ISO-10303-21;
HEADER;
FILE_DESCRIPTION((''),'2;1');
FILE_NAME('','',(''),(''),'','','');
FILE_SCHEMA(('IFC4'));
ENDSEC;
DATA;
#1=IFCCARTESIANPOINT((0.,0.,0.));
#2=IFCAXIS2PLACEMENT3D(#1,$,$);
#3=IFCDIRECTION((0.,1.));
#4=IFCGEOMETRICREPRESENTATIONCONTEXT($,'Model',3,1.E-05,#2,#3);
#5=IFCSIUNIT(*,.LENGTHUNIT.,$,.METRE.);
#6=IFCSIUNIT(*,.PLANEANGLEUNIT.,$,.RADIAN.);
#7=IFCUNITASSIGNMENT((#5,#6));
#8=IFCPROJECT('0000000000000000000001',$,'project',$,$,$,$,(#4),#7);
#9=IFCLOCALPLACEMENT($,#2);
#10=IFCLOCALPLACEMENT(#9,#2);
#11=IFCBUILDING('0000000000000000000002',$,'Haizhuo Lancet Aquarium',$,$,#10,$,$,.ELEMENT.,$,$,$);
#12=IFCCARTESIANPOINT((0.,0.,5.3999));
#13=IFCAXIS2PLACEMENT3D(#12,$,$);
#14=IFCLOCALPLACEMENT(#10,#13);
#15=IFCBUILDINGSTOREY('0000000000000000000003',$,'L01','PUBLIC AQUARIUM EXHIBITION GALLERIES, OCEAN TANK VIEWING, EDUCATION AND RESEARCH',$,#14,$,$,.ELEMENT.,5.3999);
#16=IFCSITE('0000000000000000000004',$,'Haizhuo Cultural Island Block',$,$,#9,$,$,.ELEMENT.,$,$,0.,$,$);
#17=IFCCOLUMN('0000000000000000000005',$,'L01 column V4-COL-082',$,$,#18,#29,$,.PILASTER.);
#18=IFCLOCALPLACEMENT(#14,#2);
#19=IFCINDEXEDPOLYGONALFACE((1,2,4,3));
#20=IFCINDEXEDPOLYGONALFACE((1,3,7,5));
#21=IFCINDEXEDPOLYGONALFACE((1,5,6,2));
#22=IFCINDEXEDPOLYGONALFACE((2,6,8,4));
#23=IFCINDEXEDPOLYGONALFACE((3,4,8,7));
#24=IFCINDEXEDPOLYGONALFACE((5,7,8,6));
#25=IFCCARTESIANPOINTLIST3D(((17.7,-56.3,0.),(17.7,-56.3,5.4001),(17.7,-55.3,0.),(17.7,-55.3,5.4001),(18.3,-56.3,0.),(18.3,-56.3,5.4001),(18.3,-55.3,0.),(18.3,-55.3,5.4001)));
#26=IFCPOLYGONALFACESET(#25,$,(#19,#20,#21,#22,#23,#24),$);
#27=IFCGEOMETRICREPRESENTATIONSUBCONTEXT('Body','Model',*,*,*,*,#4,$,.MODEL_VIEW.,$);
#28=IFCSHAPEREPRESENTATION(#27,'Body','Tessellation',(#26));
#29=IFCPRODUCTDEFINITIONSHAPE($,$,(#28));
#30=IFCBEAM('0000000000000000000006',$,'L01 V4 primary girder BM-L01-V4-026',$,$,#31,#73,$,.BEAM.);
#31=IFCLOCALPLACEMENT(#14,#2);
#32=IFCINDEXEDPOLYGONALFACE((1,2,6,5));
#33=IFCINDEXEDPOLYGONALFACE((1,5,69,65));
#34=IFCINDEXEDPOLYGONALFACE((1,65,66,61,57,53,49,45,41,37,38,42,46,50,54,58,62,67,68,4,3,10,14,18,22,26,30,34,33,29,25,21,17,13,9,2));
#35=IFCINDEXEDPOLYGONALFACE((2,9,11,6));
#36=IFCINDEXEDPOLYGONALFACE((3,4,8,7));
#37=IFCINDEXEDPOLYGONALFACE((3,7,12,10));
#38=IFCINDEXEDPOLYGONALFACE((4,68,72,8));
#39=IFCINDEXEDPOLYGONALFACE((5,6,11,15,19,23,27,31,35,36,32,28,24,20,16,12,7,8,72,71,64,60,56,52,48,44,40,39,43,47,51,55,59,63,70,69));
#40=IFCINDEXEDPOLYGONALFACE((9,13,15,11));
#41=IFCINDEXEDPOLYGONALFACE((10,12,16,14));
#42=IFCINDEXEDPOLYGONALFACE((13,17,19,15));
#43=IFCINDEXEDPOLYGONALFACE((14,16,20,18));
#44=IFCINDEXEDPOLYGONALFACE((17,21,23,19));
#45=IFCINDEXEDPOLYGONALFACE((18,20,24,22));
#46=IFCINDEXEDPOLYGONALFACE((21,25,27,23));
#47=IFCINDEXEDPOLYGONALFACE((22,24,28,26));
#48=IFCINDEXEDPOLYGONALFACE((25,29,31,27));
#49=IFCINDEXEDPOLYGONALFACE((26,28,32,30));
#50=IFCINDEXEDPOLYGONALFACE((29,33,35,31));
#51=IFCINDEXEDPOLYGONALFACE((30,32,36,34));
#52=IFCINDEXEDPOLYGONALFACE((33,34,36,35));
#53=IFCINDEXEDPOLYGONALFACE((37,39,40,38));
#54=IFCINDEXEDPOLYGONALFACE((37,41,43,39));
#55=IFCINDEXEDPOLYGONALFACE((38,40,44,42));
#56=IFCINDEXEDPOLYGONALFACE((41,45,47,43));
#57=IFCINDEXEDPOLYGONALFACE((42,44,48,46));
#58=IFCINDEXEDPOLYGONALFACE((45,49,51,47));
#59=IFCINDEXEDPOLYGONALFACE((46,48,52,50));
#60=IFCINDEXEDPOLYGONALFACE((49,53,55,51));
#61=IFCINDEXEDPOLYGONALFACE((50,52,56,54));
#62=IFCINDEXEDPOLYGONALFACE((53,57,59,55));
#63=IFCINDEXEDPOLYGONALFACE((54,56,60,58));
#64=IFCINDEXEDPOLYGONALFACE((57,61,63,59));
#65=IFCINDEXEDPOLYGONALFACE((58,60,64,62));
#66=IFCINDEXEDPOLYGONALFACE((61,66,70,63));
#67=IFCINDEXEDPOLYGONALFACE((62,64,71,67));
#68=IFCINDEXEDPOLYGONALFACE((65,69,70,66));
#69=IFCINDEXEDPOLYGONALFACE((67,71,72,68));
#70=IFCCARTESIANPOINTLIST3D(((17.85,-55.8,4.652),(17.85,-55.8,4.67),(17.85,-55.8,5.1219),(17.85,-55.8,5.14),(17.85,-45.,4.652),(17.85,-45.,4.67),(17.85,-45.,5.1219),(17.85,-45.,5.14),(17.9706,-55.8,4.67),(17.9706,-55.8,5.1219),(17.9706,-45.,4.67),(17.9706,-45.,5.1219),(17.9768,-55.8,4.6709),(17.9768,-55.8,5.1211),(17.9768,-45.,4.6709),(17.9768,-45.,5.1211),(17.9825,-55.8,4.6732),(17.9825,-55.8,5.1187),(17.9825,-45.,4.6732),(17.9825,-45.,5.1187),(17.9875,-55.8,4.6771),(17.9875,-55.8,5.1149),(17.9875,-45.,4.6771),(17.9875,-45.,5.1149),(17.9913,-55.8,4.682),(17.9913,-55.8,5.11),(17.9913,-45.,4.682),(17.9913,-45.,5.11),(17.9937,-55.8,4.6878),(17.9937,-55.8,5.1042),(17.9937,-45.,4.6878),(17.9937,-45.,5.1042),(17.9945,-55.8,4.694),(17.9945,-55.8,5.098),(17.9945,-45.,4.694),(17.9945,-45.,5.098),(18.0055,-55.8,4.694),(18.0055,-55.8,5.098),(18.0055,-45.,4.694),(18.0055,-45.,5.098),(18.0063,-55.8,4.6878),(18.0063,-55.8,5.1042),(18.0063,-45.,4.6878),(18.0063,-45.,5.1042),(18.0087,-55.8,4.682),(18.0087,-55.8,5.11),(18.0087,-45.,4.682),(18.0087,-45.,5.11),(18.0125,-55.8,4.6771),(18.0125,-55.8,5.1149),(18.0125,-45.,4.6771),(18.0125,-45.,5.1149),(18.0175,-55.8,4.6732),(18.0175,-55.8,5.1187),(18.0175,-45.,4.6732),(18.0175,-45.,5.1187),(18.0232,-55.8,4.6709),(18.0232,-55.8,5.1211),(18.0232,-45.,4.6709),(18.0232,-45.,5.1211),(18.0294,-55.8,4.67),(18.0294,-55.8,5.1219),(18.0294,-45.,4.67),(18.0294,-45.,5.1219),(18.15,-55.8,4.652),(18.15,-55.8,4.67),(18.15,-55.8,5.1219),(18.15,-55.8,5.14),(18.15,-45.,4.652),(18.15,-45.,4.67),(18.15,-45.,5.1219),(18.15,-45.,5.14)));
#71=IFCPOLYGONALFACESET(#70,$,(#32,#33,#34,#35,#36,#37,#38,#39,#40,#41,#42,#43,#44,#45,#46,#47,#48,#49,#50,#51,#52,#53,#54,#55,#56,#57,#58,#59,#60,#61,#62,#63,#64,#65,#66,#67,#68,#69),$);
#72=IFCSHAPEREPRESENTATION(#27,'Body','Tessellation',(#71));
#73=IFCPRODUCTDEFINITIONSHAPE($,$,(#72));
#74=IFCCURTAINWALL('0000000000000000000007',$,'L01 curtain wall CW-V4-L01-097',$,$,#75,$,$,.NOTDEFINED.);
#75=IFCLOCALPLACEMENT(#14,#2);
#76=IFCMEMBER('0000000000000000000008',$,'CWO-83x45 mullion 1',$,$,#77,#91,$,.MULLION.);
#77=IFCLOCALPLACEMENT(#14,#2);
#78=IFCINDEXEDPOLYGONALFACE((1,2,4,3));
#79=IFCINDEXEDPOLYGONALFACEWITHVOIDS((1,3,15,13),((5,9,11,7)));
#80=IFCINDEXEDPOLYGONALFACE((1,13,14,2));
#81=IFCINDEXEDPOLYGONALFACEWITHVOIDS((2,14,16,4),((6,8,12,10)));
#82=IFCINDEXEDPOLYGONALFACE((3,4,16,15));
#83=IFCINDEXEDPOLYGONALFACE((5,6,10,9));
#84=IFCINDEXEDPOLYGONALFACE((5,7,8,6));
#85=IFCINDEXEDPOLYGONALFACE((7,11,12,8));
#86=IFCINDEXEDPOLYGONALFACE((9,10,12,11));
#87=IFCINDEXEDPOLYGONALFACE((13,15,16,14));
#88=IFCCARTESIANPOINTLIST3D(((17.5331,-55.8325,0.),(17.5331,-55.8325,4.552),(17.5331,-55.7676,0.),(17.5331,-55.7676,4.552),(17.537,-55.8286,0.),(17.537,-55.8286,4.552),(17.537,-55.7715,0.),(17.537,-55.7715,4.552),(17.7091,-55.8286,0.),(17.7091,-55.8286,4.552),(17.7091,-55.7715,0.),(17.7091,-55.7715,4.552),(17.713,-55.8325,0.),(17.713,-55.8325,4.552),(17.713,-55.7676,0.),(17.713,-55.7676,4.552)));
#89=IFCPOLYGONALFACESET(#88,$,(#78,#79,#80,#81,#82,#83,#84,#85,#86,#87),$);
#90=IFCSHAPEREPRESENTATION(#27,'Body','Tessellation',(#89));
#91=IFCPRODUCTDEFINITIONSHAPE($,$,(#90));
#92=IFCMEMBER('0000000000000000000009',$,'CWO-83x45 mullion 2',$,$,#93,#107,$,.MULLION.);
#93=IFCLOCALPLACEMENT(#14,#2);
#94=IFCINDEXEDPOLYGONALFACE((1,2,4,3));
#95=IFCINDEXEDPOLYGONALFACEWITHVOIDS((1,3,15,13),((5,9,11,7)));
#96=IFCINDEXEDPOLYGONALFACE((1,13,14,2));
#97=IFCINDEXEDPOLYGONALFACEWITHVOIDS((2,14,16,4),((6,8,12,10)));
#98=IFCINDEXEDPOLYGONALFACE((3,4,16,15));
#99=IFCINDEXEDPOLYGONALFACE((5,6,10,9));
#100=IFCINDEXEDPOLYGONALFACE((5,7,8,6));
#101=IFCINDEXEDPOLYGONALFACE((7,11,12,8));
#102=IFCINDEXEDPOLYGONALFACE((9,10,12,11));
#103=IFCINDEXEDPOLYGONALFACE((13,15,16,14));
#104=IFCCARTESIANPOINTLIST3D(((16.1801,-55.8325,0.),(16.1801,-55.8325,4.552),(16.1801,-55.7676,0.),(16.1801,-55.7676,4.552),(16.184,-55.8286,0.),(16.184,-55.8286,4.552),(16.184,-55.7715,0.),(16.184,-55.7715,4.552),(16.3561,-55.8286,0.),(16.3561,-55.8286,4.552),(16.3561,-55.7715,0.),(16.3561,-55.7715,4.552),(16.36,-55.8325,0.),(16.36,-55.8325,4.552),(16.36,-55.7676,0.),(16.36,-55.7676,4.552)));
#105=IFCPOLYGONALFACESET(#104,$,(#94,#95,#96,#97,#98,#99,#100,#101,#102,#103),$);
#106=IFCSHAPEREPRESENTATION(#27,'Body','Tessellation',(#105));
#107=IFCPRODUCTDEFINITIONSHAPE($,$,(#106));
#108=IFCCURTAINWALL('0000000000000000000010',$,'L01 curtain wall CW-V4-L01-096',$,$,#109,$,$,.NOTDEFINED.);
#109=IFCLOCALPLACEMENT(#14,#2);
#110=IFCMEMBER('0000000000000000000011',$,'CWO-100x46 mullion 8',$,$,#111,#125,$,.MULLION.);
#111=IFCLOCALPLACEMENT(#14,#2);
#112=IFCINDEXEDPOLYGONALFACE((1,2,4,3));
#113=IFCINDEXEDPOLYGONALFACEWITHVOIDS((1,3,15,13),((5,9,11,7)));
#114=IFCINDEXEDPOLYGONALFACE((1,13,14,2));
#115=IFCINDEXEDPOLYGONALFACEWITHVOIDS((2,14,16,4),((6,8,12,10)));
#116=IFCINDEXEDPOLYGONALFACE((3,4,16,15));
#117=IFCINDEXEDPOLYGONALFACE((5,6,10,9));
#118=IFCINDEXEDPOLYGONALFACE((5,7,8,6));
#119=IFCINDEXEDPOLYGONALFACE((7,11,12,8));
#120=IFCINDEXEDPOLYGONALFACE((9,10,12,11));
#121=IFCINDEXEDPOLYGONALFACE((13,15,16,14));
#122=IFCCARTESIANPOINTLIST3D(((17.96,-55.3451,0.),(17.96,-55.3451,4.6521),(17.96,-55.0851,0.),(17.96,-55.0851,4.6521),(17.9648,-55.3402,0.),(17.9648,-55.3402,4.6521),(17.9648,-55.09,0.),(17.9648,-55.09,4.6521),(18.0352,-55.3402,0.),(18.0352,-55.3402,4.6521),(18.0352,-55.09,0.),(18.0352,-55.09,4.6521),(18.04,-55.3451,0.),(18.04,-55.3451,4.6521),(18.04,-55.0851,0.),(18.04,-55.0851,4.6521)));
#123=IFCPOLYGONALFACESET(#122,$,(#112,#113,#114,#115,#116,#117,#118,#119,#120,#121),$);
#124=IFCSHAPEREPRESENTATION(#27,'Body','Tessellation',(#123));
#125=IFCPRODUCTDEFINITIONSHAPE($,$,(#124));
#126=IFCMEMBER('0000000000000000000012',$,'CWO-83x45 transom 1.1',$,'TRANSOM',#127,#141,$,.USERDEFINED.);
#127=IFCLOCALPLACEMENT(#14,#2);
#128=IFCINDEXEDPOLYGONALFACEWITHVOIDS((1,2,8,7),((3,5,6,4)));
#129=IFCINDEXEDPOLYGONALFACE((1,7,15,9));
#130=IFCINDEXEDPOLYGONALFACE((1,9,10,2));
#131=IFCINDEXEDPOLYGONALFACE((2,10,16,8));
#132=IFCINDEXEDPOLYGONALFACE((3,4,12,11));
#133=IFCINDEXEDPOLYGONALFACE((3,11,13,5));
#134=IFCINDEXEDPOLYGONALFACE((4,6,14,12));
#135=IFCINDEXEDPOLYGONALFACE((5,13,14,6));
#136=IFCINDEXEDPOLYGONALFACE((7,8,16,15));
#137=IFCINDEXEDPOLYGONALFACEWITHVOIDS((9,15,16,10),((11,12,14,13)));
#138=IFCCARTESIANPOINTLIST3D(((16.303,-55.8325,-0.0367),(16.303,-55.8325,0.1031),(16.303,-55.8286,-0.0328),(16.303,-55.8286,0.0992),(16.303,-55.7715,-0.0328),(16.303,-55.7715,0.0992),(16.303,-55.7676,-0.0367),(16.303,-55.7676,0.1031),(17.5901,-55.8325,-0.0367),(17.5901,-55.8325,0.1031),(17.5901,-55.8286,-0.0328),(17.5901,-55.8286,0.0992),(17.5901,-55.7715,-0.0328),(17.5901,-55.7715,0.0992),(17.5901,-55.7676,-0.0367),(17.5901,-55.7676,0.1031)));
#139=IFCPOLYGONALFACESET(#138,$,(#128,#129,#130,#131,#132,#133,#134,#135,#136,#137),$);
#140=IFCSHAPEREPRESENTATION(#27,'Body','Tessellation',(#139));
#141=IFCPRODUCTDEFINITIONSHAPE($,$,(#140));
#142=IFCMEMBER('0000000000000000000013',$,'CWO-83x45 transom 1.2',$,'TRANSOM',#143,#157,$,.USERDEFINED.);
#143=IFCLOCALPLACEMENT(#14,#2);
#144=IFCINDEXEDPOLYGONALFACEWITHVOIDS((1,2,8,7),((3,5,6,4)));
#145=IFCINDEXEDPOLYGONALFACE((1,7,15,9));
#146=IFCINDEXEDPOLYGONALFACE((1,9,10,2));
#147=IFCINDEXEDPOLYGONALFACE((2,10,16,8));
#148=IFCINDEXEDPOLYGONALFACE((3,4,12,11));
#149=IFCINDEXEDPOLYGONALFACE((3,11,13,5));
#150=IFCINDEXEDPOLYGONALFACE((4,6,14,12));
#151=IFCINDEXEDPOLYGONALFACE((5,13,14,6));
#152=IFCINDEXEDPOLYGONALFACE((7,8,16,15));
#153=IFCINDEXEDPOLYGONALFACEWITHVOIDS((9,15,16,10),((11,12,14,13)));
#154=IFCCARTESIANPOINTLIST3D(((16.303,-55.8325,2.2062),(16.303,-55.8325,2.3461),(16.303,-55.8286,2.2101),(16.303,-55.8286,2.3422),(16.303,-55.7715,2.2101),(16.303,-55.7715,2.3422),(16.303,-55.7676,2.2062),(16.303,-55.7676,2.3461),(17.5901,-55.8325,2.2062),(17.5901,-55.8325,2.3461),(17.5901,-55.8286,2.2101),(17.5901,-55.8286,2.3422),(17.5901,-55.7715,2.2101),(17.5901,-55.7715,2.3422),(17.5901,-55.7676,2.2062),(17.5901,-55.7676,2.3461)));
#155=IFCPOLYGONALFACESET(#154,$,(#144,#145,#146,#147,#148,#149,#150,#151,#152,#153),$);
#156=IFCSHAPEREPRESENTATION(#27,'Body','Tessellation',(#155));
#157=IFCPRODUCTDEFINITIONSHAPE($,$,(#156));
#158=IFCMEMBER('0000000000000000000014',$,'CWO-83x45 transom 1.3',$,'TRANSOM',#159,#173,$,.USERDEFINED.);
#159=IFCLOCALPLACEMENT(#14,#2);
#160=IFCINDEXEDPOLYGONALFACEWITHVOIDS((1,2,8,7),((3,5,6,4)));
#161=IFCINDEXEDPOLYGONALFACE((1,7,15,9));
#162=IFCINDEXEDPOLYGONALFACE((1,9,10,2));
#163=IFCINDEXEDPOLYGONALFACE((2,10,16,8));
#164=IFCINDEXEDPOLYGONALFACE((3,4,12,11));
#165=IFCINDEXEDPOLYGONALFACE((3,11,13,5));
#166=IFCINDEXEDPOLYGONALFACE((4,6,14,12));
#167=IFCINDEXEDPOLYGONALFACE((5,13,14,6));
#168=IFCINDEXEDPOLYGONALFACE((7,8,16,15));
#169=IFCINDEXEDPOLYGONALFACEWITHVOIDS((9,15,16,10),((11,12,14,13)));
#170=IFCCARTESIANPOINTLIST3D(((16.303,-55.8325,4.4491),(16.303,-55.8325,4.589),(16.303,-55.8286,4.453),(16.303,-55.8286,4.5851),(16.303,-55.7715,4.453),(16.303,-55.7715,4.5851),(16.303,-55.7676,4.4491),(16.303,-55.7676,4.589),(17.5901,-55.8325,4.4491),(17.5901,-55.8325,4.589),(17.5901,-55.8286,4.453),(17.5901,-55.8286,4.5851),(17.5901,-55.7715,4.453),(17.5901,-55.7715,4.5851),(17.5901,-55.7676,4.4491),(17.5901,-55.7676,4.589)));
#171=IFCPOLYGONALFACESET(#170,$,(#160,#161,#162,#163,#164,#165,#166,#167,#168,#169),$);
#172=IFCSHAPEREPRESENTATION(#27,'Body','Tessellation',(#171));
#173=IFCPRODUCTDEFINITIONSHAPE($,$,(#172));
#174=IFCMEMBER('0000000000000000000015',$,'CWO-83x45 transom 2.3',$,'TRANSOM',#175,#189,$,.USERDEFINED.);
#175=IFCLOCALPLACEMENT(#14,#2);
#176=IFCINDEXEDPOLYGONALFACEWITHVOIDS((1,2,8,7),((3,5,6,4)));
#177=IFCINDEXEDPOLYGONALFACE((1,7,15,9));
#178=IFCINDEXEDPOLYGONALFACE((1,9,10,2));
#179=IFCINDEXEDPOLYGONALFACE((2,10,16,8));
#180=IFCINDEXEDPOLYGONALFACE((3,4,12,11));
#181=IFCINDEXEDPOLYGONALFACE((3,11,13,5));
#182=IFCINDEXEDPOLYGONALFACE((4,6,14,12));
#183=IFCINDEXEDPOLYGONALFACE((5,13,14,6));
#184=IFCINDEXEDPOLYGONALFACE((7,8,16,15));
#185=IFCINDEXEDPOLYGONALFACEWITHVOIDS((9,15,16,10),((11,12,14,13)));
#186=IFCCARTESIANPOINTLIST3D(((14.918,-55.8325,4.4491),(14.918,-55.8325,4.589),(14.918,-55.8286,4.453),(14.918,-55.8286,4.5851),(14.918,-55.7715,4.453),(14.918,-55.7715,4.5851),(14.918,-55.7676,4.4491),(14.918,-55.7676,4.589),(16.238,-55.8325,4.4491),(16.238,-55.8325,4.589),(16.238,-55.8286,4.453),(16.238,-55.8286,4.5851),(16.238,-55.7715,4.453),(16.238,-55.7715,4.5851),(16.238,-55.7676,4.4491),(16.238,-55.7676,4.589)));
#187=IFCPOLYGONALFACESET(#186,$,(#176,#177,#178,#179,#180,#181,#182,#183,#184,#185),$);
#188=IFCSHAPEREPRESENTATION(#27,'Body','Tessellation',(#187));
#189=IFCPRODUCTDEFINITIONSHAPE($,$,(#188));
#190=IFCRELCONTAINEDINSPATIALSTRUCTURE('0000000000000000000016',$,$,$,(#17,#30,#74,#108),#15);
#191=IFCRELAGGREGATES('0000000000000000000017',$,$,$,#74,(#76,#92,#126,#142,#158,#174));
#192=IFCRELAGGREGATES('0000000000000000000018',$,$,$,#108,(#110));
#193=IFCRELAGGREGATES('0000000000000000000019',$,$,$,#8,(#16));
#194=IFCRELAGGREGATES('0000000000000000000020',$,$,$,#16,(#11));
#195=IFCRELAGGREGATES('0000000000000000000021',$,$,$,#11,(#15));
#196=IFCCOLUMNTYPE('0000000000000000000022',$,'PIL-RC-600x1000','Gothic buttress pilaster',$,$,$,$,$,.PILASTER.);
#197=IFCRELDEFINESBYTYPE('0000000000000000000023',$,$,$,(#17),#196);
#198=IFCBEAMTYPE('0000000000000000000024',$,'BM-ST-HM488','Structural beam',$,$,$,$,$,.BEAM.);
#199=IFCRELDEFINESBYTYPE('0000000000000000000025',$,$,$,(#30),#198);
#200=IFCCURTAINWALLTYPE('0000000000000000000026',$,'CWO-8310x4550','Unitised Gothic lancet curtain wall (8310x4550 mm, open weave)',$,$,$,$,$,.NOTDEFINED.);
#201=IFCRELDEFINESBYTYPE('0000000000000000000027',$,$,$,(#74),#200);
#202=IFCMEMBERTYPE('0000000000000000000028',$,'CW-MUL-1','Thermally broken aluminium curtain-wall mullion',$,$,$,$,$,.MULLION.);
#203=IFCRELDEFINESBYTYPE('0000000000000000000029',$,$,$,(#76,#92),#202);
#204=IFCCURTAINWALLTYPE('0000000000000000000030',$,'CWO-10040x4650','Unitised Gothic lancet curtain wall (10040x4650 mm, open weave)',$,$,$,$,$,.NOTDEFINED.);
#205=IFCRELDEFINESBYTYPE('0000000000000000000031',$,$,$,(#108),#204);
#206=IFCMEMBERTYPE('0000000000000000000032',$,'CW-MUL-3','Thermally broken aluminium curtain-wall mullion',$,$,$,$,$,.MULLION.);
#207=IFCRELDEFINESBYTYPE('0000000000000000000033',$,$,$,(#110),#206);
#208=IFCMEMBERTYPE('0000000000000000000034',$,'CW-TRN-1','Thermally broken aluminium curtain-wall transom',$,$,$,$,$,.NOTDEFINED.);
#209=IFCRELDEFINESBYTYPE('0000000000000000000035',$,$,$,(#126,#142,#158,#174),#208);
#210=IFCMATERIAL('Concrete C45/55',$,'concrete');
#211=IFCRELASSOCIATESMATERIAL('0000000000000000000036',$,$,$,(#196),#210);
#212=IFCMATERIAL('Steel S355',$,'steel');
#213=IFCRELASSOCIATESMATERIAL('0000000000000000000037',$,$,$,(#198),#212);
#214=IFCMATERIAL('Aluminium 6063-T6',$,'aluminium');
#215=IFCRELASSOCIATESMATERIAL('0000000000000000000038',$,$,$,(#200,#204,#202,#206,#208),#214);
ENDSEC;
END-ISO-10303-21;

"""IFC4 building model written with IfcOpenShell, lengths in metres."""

from ifc_helpers import new_model, si_unit, direction, frame, origin, origin_2d, place, context, subcontext, project, spatial, rectangle, hollow_rectangle, i_section, extrude, material, material_profile, profile_set, type_object, element, aggregate, save


model = new_model("IFC4")

# Units and contexts
model_context = context("Model", 3, precision=1e-05, world=origin(), true_north=direction((0.0, 1.0)))
body_context = subcontext(model_context, "Body", "Model", "MODEL_VIEW")
ifc_project = project(units=[si_unit("LENGTHUNIT", "METRE"), si_unit("PLANEANGLEUNIT", "RADIAN")], contexts=[model_context])

# Site, building, storey
site_placement = place(None, origin())
site = spatial("IfcSite", under=ifc_project, at=site_placement, Name="Haizhuo Cultural Island Block", CompositionType="ELEMENT", RefElevation=0.0)
building_placement = place(site_placement, origin())
building = spatial("IfcBuilding", under=site, at=building_placement, Name="Haizhuo Lancet Aquarium", CompositionType="ELEMENT")
storey_placement = place(building_placement, frame((0.0, 0.0, 5.3999)))
storey = spatial("IfcBuildingStorey", under=building, at=storey_placement, Name="L01", Description="PUBLIC AQUARIUM EXHIBITION GALLERIES, OCEAN TANK VIEWING, EDUCATION AND RESEARCH", CompositionType="ELEMENT", Elevation=5.3999)

# Column
ifc_material_1 = material(Name="Concrete C45/55", Category="concrete")
ifc_material_profile_1 = material_profile(ifc_material_1, rectangle(XDim=0.6001, YDim=1.0, at=origin_2d()), Name="RC-PIL 600x1000")
ifc_profile_set_1 = profile_set([ifc_material_profile_1], Name="Concrete C45/55")
column_type = type_object("IfcColumnType", Name="PIL-RC-600x1000", Description="Gothic buttress pilaster", PredefinedType="PILASTER", material=ifc_profile_set_1)
column_placement = place(storey_placement, frame((18.0, -55.8, 0.0), z_axis=(0.0, 0.0, 1.0), x_axis=(1.0, 0.0, 0.0)))
element("IfcColumn", 1, at=column_placement, inside=storey, type_object=column_type, Name="L01 column V4-COL-082", PredefinedType="PILASTER", context=body_context, shape_type="SweptSolid", body=[
    extrude(rectangle(XDim=0.6001, YDim=1.0, at=origin_2d()), origin(), (0.0, 0.0, 1.0), 5.4001),
])

# Beam
ifc_material_2 = material(Name="Steel S355", Category="steel")
ifc_material_profile_2 = material_profile(ifc_material_2, i_section(OverallWidth=0.3, OverallDepth=0.488, WebThickness=0.011, FlangeThickness=0.0181, FilletRadius=0.0239, at=origin_2d()), Name="HM 488x300x11x18")
ifc_profile_set_2 = profile_set([ifc_material_profile_2], Name="Steel S355")
beam_type = type_object("IfcBeamType", Name="BM-ST-HM488", Description="Structural beam", PredefinedType="BEAM", material=ifc_profile_set_2)
beam_placement = place(storey_placement, frame((18.0, -55.8, 4.896), z_axis=(0.0, 1.0, 0.0), x_axis=(-1.0, 0.0, 0.0)))
element("IfcBeam", 2, at=beam_placement, inside=storey, type_object=beam_type, Name="L01 V4 primary girder BM-L01-V4-026", PredefinedType="BEAM", context=body_context, shape_type="SweptSolid", body=[
    extrude(i_section(OverallWidth=0.3, OverallDepth=0.488, WebThickness=0.011, FlangeThickness=0.0181, FilletRadius=0.0239, at=origin_2d()), origin(), (0.0, 0.0, 1.0), 10.8),
])

# Curtain wall, members
ifc_material_3 = material(Name="Aluminium 6063-T6", Category="aluminium")
curtain_wall_type_1 = type_object("IfcCurtainWallType", Name="CWO-8310x4550", Description="Unitised Gothic lancet curtain wall (8310x4550 mm, open weave)", PredefinedType="NOTDEFINED", material=ifc_material_3)
curtain_wall_1_placement = place(storey_placement, origin())
curtain_wall_1 = element("IfcCurtainWall", 3, at=curtain_wall_1_placement, inside=storey, type_object=curtain_wall_type_1, Name="L01 curtain wall CW-V4-L01-097", PredefinedType="NOTDEFINED")
ifc_material_profile_3 = material_profile(ifc_material_3, hollow_rectangle(XDim=0.0649, YDim=0.1799, WallThickness=0.0039, at=origin_2d()), Name="ALU-M 65x180x4")
ifc_profile_set_3 = profile_set([ifc_material_profile_3], Name="Aluminium 6063-T6")
member_type_1 = type_object("IfcMemberType", Name="CW-MUL-1", Description="Thermally broken aluminium curtain-wall mullion", PredefinedType="MULLION", material=ifc_profile_set_3)
member_1_placement = place(storey_placement, frame((17.623, -55.8, 0.0), z_axis=(0.0, 0.0, 1.0), x_axis=(0.0, -1.0, 0.0)))
member_1 = element("IfcMember", 4, at=member_1_placement, type_object=member_type_1, Name="CWO-83x45 mullion 1", PredefinedType="MULLION", context=body_context, shape_type="SweptSolid", body=[
    extrude(hollow_rectangle(XDim=0.0649, YDim=0.1799, WallThickness=0.0039, at=origin_2d()), origin(), (0.0, 0.0, 1.0), 4.552),
])
member_2_placement = place(storey_placement, frame((16.27, -55.8, 0.0), z_axis=(0.0, 0.0, 1.0), x_axis=(0.0, -1.0, 0.0)))
member_2 = element("IfcMember", 5, at=member_2_placement, type_object=member_type_1, Name="CWO-83x45 mullion 2", PredefinedType="MULLION", context=body_context, shape_type="SweptSolid", body=[
    extrude(hollow_rectangle(XDim=0.0649, YDim=0.1799, WallThickness=0.0039, at=origin_2d()), origin(), (0.0, 0.0, 1.0), 4.552),
])

# Curtain wall, member
curtain_wall_type_2 = type_object("IfcCurtainWallType", Name="CWO-10040x4650", Description="Unitised Gothic lancet curtain wall (10040x4650 mm, open weave)", PredefinedType="NOTDEFINED", material=ifc_material_3)
curtain_wall_2_placement = place(storey_placement, origin())
curtain_wall_2 = element("IfcCurtainWall", 6, at=curtain_wall_2_placement, inside=storey, type_object=curtain_wall_type_2, Name="L01 curtain wall CW-V4-L01-096", PredefinedType="NOTDEFINED")
ifc_material_profile_4 = material_profile(ifc_material_3, hollow_rectangle(XDim=0.0801, YDim=0.26, WallThickness=0.0049, at=origin_2d()), Name="ALU-M 80x260x5")
ifc_profile_set_4 = profile_set([ifc_material_profile_4], Name="Aluminium 6063-T6")
member_type_2 = type_object("IfcMemberType", Name="CW-MUL-3", Description="Thermally broken aluminium curtain-wall mullion", PredefinedType="MULLION", material=ifc_profile_set_4)
member_3_placement = place(storey_placement, frame((18.0, -55.2151, 0.0), z_axis=(0.0, 0.0, 1.0), x_axis=(1.0, 0.0, 0.0)))
member_3 = element("IfcMember", 7, at=member_3_placement, type_object=member_type_2, Name="CWO-100x46 mullion 8", PredefinedType="MULLION", context=body_context, shape_type="SweptSolid", body=[
    extrude(hollow_rectangle(XDim=0.0801, YDim=0.26, WallThickness=0.0049, at=origin_2d()), origin(), (0.0, 0.0, 1.0), 4.6521),
])

# Members
ifc_material_profile_5 = material_profile(ifc_material_3, hollow_rectangle(XDim=0.0649, YDim=0.1399, WallThickness=0.0039, at=origin_2d()), Name="ALU-T 65x140x4")
ifc_profile_set_5 = profile_set([ifc_material_profile_5], Name="Aluminium 6063-T6")
member_type_3 = type_object("IfcMemberType", Name="CW-TRN-1", Description="Thermally broken aluminium curtain-wall transom", PredefinedType="NOTDEFINED", material=ifc_profile_set_5)
member_4_placement = place(storey_placement, frame((17.5901, -55.8, 0.0332), z_axis=(-1.0, 0.0, 0.0), x_axis=(0.0, -1.0, 0.0)))
member_4 = element("IfcMember", 8, at=member_4_placement, type_object=member_type_3, Name="CWO-83x45 transom 1.1", ObjectType="TRANSOM", PredefinedType="USERDEFINED", context=body_context, shape_type="SweptSolid", body=[
    extrude(hollow_rectangle(XDim=0.0649, YDim=0.1399, WallThickness=0.0039, at=origin_2d()), origin(), (0.0, 0.0, 1.0), 1.2871),
])
member_5_placement = place(storey_placement, frame((17.5901, -55.8, 2.2761), z_axis=(-1.0, 0.0, 0.0), x_axis=(0.0, -1.0, 0.0)))
member_5 = element("IfcMember", 9, at=member_5_placement, type_object=member_type_3, Name="CWO-83x45 transom 1.2", ObjectType="TRANSOM", PredefinedType="USERDEFINED", context=body_context, shape_type="SweptSolid", body=[
    extrude(hollow_rectangle(XDim=0.0649, YDim=0.1399, WallThickness=0.0039, at=origin_2d()), origin(), (0.0, 0.0, 1.0), 1.2871),
])
member_6_placement = place(storey_placement, frame((17.5901, -55.8, 4.519), z_axis=(-1.0, 0.0, 0.0), x_axis=(0.0, -1.0, 0.0)))
member_6 = element("IfcMember", 10, at=member_6_placement, type_object=member_type_3, Name="CWO-83x45 transom 1.3", ObjectType="TRANSOM", PredefinedType="USERDEFINED", context=body_context, shape_type="SweptSolid", body=[
    extrude(hollow_rectangle(XDim=0.0649, YDim=0.1399, WallThickness=0.0039, at=origin_2d()), origin(), (0.0, 0.0, 1.0), 1.2871),
])
member_7_placement = place(storey_placement, frame((16.238, -55.8, 4.519), z_axis=(-1.0, 0.0, 0.0), x_axis=(0.0, -1.0, 0.0)))
member_7 = element("IfcMember", 11, at=member_7_placement, type_object=member_type_3, Name="CWO-83x45 transom 2.3", ObjectType="TRANSOM", PredefinedType="USERDEFINED", context=body_context, shape_type="SweptSolid", body=[
    extrude(hollow_rectangle(XDim=0.0649, YDim=0.1399, WallThickness=0.0039, at=origin_2d()), origin(), (0.0, 0.0, 1.0), 1.3201),
])

aggregate(curtain_wall_1, [member_1, member_2, member_4, member_5, member_6, member_7])
aggregate(curtain_wall_2, [member_3])

save(model, "model.ifc")
